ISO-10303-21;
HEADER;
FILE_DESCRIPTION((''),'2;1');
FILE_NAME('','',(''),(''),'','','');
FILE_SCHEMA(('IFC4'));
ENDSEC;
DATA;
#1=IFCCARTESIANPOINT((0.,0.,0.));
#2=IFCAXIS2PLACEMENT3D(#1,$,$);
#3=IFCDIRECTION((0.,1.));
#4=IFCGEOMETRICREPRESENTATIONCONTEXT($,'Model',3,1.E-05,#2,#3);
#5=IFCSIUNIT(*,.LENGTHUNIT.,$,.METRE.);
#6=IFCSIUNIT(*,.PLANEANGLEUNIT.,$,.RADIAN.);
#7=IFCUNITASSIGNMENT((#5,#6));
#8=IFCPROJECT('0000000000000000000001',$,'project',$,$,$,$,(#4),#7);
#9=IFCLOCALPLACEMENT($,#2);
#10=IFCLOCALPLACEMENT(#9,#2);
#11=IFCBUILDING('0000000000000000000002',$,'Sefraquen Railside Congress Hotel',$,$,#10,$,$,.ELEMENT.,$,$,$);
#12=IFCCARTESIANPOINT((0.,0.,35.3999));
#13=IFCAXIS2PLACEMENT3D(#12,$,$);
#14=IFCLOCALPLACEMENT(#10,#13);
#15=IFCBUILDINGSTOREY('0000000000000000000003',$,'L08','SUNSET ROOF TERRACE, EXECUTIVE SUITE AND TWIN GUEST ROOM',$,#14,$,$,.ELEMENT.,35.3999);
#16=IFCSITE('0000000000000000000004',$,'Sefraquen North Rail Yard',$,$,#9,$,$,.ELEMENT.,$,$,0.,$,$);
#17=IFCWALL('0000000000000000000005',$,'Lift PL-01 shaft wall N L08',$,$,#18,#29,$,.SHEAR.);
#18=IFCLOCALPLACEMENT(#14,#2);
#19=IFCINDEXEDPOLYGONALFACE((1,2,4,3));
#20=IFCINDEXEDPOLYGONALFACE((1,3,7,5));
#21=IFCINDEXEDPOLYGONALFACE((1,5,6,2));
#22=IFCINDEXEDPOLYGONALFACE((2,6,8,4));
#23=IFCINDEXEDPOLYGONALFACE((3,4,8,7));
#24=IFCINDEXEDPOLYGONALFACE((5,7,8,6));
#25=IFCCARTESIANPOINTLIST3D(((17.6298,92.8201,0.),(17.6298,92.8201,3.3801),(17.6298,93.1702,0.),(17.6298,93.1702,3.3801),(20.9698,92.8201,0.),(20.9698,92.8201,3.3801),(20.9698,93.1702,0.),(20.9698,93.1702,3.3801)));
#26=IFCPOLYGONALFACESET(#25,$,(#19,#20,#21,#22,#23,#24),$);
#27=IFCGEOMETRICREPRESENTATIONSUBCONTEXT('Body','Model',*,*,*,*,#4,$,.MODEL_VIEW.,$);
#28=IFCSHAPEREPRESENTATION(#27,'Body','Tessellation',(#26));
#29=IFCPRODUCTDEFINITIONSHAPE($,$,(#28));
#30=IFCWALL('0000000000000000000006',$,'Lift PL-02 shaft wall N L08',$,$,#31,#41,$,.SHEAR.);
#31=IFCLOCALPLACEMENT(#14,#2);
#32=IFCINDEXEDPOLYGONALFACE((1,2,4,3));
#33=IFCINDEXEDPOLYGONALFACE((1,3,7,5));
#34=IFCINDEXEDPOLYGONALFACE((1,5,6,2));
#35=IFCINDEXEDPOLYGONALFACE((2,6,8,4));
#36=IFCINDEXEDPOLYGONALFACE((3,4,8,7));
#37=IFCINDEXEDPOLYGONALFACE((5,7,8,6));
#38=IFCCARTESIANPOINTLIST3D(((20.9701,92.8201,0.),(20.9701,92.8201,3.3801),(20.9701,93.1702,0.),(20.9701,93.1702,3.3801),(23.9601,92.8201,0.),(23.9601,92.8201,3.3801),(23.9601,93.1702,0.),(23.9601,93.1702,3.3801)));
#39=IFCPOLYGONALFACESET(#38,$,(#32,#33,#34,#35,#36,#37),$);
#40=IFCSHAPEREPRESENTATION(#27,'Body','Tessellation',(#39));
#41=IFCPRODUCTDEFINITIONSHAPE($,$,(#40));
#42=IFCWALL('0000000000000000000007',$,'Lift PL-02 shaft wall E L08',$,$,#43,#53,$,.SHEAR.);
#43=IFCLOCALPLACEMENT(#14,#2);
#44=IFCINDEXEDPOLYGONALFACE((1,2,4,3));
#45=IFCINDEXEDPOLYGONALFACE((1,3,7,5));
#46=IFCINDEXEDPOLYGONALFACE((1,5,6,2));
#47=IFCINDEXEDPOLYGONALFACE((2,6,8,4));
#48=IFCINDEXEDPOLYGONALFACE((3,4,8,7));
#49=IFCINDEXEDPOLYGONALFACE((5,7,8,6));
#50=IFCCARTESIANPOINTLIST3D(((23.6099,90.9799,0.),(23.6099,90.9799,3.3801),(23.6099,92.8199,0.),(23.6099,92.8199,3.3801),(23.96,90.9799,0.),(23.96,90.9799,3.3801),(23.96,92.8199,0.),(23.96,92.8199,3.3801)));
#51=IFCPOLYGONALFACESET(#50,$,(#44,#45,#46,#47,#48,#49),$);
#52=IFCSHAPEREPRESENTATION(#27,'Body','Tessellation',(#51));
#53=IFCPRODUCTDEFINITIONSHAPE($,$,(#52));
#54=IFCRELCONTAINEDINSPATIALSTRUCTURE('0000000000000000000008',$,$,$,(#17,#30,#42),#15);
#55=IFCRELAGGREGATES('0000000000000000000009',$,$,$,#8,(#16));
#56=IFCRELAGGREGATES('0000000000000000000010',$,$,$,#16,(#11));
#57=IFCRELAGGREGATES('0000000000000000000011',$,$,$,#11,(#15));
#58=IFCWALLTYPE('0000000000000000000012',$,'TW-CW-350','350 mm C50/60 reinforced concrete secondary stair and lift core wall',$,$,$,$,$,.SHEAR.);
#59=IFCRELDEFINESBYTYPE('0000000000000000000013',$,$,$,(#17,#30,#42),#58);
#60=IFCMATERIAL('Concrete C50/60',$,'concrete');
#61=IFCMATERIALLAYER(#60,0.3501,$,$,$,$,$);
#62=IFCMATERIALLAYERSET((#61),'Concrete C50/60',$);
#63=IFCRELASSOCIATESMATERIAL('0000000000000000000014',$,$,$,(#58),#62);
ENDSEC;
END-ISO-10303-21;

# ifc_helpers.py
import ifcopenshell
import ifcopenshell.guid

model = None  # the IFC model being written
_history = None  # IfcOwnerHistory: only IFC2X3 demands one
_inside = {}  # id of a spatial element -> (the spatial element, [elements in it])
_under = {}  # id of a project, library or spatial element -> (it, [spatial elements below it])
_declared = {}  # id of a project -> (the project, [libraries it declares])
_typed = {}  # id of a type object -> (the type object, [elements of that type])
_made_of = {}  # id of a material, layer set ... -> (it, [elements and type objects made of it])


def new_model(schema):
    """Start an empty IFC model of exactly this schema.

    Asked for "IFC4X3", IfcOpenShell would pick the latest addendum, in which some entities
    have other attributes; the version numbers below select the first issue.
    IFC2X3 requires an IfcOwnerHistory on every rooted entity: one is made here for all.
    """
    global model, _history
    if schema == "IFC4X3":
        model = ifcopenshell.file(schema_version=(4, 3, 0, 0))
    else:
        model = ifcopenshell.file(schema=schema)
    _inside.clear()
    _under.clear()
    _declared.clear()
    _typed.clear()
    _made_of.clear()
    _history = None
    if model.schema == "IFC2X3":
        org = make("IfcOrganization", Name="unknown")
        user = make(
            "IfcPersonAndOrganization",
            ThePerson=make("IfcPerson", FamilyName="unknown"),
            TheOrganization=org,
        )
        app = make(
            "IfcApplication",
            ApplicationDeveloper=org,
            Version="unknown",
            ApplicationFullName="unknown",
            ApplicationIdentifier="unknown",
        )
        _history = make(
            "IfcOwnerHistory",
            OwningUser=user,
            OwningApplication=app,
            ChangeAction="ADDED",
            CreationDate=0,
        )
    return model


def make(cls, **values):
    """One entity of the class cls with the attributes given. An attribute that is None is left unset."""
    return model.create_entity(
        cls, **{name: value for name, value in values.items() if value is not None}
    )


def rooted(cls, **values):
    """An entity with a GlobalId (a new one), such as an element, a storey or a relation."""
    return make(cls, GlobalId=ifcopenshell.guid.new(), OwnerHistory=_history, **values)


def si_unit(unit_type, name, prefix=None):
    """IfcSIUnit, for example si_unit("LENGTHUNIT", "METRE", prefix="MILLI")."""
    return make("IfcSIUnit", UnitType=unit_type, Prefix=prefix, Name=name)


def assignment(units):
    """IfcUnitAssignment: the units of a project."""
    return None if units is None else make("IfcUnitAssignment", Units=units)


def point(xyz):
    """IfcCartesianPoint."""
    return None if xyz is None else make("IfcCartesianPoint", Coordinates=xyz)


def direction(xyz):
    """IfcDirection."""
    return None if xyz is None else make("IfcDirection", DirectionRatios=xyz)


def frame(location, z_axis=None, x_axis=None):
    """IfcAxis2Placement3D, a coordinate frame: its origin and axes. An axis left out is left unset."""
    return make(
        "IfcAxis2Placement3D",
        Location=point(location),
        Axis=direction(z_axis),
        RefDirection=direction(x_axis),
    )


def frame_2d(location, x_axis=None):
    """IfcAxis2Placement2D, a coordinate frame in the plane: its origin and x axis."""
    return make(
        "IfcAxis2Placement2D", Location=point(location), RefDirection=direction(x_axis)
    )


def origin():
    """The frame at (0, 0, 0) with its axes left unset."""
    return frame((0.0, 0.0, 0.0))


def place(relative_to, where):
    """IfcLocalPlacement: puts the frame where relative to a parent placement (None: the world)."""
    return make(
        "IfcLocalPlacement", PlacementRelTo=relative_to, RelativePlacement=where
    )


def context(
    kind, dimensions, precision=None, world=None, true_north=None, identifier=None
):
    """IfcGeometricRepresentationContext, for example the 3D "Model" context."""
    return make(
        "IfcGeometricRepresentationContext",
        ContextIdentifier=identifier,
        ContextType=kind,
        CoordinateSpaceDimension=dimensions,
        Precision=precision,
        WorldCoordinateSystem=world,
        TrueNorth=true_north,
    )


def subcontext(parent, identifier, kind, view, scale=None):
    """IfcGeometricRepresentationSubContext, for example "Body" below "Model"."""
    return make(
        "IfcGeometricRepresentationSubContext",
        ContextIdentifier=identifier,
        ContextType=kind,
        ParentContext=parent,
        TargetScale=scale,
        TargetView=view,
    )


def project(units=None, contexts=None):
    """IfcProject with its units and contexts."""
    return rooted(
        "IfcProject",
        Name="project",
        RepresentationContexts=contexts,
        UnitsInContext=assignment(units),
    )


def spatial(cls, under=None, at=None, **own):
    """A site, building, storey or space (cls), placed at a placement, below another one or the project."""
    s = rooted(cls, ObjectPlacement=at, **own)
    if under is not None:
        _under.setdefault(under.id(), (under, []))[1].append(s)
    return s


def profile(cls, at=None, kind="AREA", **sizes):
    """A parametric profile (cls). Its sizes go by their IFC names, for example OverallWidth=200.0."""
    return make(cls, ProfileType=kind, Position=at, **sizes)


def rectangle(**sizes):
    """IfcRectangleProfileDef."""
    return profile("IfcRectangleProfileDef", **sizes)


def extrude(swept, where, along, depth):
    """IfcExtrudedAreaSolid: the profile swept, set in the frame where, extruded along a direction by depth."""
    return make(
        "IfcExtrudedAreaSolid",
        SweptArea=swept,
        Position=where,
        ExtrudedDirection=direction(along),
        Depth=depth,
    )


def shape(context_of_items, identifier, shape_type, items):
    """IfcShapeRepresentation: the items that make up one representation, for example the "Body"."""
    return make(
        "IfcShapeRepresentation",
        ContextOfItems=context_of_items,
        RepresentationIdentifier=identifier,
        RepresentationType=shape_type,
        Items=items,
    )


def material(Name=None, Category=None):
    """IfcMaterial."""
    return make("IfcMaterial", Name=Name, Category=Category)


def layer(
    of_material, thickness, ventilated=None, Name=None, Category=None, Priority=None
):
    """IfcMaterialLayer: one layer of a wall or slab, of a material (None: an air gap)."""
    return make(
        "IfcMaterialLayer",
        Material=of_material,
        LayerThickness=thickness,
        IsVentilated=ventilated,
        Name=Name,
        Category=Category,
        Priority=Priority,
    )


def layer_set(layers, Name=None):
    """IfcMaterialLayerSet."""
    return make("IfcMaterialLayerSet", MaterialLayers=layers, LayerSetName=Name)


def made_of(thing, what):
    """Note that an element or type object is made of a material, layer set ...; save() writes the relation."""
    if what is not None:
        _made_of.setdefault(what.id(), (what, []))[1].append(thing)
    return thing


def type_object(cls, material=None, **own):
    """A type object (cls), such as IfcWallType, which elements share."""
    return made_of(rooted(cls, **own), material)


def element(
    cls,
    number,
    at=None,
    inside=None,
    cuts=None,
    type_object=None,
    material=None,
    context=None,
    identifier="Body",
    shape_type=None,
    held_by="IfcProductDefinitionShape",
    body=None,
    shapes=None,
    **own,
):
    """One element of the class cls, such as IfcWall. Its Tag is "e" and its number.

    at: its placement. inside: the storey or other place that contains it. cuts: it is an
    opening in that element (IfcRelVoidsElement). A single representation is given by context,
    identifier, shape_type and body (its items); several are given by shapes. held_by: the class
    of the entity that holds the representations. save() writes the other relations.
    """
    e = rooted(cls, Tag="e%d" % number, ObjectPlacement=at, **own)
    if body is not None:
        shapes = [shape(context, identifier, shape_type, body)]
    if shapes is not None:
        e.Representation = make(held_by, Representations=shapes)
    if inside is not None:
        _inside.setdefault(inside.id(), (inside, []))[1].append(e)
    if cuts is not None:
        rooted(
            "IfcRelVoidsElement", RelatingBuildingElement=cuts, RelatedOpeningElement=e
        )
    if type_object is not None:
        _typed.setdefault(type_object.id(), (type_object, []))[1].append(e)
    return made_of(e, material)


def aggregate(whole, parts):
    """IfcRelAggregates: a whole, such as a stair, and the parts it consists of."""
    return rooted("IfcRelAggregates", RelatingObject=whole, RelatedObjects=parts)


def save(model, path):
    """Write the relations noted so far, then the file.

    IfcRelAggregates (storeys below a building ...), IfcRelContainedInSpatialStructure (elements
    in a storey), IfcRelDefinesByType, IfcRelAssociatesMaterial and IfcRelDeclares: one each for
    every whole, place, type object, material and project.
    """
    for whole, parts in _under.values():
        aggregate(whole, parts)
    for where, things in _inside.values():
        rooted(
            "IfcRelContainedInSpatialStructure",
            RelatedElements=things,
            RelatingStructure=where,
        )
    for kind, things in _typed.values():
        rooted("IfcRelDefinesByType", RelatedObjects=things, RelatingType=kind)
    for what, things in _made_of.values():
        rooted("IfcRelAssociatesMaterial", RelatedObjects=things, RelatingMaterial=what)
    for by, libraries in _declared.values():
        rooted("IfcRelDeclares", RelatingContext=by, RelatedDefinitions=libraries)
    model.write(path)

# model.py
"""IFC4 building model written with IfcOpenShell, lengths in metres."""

from ifc_helpers import new_model, si_unit, direction, frame, frame_2d, origin, place, context, subcontext, project, spatial, rectangle, extrude, material, layer, layer_set, type_object, element, save


model = new_model("IFC4")

# Units and contexts
model_context = context("Model", 3, precision=1e-05, world=origin(), true_north=direction((0.0, 1.0)))
body_context = subcontext(model_context, "Body", "Model", "MODEL_VIEW")
ifc_project = project(units=[si_unit("LENGTHUNIT", "METRE"), si_unit("PLANEANGLEUNIT", "RADIAN")], contexts=[model_context])

# Site, building, storey
site_placement = place(None, origin())
site = spatial("IfcSite", under=ifc_project, at=site_placement, Name="Sefraquen North Rail Yard", CompositionType="ELEMENT", RefElevation=0.0)
building_placement = place(site_placement, origin())
building = spatial("IfcBuilding", under=site, at=building_placement, Name="Sefraquen Railside Congress Hotel", CompositionType="ELEMENT")
storey_placement = place(building_placement, frame((0.0, 0.0, 35.3999)))
storey = spatial("IfcBuildingStorey", under=building, at=storey_placement, Name="L08", Description="SUNSET ROOF TERRACE, EXECUTIVE SUITE AND TWIN GUEST ROOM", CompositionType="ELEMENT", Elevation=35.3999)

# Walls
ifc_material_1 = material(Name="Concrete C50/60", Category="concrete")
ifc_layer = layer(ifc_material_1, 0.3501)
ifc_layer_set = layer_set([ifc_layer], Name="Concrete C50/60")
wall_type = type_object("IfcWallType", Name="TW-CW-350", Description="350 mm C50/60 reinforced concrete secondary stair and lift core wall", PredefinedType="SHEAR", material=ifc_layer_set)
wall_1_placement = place(storey_placement, frame((17.6299, 92.9951, 0.0), z_axis=(0.0, 0.0, 1.0), x_axis=(1.0, 0.0, 0.0)))
element("IfcWall", 1, at=wall_1_placement, inside=storey, type_object=wall_type, Name="Lift PL-01 shaft wall N L08", PredefinedType="SHEAR", context=body_context, shape_type="SweptSolid", body=[
    extrude(rectangle(XDim=3.3401, YDim=0.3501, at=frame_2d((1.6699, 0.0))), origin(), (0.0, 0.0, 1.0), 3.3801),
])
wall_2_placement = place(storey_placement, frame((20.97, 92.9951, 0.0), z_axis=(0.0, 0.0, 1.0), x_axis=(1.0, 0.0, 0.0)))
element("IfcWall", 2, at=wall_2_placement, inside=storey, type_object=wall_type, Name="Lift PL-02 shaft wall N L08", PredefinedType="SHEAR", context=body_context, shape_type="SweptSolid", body=[
    extrude(rectangle(XDim=2.99, YDim=0.3501, at=frame_2d((1.4951, 0.0))), origin(), (0.0, 0.0, 1.0), 3.3801),
])
wall_3_placement = place(storey_placement, frame((23.7849, 90.98, 0.0), z_axis=(0.0, 0.0, 1.0), x_axis=(0.0, 1.0, 0.0)))
element("IfcWall", 3, at=wall_3_placement, inside=storey, type_object=wall_type, Name="Lift PL-02 shaft wall E L08", PredefinedType="SHEAR", context=body_context, shape_type="SweptSolid", body=[
    extrude(rectangle(XDim=1.8401, YDim=0.3501, at=frame_2d((0.9199, 0.0))), origin(), (0.0, 0.0, 1.0), 3.3801),
])

save(model, "model.ifc")
